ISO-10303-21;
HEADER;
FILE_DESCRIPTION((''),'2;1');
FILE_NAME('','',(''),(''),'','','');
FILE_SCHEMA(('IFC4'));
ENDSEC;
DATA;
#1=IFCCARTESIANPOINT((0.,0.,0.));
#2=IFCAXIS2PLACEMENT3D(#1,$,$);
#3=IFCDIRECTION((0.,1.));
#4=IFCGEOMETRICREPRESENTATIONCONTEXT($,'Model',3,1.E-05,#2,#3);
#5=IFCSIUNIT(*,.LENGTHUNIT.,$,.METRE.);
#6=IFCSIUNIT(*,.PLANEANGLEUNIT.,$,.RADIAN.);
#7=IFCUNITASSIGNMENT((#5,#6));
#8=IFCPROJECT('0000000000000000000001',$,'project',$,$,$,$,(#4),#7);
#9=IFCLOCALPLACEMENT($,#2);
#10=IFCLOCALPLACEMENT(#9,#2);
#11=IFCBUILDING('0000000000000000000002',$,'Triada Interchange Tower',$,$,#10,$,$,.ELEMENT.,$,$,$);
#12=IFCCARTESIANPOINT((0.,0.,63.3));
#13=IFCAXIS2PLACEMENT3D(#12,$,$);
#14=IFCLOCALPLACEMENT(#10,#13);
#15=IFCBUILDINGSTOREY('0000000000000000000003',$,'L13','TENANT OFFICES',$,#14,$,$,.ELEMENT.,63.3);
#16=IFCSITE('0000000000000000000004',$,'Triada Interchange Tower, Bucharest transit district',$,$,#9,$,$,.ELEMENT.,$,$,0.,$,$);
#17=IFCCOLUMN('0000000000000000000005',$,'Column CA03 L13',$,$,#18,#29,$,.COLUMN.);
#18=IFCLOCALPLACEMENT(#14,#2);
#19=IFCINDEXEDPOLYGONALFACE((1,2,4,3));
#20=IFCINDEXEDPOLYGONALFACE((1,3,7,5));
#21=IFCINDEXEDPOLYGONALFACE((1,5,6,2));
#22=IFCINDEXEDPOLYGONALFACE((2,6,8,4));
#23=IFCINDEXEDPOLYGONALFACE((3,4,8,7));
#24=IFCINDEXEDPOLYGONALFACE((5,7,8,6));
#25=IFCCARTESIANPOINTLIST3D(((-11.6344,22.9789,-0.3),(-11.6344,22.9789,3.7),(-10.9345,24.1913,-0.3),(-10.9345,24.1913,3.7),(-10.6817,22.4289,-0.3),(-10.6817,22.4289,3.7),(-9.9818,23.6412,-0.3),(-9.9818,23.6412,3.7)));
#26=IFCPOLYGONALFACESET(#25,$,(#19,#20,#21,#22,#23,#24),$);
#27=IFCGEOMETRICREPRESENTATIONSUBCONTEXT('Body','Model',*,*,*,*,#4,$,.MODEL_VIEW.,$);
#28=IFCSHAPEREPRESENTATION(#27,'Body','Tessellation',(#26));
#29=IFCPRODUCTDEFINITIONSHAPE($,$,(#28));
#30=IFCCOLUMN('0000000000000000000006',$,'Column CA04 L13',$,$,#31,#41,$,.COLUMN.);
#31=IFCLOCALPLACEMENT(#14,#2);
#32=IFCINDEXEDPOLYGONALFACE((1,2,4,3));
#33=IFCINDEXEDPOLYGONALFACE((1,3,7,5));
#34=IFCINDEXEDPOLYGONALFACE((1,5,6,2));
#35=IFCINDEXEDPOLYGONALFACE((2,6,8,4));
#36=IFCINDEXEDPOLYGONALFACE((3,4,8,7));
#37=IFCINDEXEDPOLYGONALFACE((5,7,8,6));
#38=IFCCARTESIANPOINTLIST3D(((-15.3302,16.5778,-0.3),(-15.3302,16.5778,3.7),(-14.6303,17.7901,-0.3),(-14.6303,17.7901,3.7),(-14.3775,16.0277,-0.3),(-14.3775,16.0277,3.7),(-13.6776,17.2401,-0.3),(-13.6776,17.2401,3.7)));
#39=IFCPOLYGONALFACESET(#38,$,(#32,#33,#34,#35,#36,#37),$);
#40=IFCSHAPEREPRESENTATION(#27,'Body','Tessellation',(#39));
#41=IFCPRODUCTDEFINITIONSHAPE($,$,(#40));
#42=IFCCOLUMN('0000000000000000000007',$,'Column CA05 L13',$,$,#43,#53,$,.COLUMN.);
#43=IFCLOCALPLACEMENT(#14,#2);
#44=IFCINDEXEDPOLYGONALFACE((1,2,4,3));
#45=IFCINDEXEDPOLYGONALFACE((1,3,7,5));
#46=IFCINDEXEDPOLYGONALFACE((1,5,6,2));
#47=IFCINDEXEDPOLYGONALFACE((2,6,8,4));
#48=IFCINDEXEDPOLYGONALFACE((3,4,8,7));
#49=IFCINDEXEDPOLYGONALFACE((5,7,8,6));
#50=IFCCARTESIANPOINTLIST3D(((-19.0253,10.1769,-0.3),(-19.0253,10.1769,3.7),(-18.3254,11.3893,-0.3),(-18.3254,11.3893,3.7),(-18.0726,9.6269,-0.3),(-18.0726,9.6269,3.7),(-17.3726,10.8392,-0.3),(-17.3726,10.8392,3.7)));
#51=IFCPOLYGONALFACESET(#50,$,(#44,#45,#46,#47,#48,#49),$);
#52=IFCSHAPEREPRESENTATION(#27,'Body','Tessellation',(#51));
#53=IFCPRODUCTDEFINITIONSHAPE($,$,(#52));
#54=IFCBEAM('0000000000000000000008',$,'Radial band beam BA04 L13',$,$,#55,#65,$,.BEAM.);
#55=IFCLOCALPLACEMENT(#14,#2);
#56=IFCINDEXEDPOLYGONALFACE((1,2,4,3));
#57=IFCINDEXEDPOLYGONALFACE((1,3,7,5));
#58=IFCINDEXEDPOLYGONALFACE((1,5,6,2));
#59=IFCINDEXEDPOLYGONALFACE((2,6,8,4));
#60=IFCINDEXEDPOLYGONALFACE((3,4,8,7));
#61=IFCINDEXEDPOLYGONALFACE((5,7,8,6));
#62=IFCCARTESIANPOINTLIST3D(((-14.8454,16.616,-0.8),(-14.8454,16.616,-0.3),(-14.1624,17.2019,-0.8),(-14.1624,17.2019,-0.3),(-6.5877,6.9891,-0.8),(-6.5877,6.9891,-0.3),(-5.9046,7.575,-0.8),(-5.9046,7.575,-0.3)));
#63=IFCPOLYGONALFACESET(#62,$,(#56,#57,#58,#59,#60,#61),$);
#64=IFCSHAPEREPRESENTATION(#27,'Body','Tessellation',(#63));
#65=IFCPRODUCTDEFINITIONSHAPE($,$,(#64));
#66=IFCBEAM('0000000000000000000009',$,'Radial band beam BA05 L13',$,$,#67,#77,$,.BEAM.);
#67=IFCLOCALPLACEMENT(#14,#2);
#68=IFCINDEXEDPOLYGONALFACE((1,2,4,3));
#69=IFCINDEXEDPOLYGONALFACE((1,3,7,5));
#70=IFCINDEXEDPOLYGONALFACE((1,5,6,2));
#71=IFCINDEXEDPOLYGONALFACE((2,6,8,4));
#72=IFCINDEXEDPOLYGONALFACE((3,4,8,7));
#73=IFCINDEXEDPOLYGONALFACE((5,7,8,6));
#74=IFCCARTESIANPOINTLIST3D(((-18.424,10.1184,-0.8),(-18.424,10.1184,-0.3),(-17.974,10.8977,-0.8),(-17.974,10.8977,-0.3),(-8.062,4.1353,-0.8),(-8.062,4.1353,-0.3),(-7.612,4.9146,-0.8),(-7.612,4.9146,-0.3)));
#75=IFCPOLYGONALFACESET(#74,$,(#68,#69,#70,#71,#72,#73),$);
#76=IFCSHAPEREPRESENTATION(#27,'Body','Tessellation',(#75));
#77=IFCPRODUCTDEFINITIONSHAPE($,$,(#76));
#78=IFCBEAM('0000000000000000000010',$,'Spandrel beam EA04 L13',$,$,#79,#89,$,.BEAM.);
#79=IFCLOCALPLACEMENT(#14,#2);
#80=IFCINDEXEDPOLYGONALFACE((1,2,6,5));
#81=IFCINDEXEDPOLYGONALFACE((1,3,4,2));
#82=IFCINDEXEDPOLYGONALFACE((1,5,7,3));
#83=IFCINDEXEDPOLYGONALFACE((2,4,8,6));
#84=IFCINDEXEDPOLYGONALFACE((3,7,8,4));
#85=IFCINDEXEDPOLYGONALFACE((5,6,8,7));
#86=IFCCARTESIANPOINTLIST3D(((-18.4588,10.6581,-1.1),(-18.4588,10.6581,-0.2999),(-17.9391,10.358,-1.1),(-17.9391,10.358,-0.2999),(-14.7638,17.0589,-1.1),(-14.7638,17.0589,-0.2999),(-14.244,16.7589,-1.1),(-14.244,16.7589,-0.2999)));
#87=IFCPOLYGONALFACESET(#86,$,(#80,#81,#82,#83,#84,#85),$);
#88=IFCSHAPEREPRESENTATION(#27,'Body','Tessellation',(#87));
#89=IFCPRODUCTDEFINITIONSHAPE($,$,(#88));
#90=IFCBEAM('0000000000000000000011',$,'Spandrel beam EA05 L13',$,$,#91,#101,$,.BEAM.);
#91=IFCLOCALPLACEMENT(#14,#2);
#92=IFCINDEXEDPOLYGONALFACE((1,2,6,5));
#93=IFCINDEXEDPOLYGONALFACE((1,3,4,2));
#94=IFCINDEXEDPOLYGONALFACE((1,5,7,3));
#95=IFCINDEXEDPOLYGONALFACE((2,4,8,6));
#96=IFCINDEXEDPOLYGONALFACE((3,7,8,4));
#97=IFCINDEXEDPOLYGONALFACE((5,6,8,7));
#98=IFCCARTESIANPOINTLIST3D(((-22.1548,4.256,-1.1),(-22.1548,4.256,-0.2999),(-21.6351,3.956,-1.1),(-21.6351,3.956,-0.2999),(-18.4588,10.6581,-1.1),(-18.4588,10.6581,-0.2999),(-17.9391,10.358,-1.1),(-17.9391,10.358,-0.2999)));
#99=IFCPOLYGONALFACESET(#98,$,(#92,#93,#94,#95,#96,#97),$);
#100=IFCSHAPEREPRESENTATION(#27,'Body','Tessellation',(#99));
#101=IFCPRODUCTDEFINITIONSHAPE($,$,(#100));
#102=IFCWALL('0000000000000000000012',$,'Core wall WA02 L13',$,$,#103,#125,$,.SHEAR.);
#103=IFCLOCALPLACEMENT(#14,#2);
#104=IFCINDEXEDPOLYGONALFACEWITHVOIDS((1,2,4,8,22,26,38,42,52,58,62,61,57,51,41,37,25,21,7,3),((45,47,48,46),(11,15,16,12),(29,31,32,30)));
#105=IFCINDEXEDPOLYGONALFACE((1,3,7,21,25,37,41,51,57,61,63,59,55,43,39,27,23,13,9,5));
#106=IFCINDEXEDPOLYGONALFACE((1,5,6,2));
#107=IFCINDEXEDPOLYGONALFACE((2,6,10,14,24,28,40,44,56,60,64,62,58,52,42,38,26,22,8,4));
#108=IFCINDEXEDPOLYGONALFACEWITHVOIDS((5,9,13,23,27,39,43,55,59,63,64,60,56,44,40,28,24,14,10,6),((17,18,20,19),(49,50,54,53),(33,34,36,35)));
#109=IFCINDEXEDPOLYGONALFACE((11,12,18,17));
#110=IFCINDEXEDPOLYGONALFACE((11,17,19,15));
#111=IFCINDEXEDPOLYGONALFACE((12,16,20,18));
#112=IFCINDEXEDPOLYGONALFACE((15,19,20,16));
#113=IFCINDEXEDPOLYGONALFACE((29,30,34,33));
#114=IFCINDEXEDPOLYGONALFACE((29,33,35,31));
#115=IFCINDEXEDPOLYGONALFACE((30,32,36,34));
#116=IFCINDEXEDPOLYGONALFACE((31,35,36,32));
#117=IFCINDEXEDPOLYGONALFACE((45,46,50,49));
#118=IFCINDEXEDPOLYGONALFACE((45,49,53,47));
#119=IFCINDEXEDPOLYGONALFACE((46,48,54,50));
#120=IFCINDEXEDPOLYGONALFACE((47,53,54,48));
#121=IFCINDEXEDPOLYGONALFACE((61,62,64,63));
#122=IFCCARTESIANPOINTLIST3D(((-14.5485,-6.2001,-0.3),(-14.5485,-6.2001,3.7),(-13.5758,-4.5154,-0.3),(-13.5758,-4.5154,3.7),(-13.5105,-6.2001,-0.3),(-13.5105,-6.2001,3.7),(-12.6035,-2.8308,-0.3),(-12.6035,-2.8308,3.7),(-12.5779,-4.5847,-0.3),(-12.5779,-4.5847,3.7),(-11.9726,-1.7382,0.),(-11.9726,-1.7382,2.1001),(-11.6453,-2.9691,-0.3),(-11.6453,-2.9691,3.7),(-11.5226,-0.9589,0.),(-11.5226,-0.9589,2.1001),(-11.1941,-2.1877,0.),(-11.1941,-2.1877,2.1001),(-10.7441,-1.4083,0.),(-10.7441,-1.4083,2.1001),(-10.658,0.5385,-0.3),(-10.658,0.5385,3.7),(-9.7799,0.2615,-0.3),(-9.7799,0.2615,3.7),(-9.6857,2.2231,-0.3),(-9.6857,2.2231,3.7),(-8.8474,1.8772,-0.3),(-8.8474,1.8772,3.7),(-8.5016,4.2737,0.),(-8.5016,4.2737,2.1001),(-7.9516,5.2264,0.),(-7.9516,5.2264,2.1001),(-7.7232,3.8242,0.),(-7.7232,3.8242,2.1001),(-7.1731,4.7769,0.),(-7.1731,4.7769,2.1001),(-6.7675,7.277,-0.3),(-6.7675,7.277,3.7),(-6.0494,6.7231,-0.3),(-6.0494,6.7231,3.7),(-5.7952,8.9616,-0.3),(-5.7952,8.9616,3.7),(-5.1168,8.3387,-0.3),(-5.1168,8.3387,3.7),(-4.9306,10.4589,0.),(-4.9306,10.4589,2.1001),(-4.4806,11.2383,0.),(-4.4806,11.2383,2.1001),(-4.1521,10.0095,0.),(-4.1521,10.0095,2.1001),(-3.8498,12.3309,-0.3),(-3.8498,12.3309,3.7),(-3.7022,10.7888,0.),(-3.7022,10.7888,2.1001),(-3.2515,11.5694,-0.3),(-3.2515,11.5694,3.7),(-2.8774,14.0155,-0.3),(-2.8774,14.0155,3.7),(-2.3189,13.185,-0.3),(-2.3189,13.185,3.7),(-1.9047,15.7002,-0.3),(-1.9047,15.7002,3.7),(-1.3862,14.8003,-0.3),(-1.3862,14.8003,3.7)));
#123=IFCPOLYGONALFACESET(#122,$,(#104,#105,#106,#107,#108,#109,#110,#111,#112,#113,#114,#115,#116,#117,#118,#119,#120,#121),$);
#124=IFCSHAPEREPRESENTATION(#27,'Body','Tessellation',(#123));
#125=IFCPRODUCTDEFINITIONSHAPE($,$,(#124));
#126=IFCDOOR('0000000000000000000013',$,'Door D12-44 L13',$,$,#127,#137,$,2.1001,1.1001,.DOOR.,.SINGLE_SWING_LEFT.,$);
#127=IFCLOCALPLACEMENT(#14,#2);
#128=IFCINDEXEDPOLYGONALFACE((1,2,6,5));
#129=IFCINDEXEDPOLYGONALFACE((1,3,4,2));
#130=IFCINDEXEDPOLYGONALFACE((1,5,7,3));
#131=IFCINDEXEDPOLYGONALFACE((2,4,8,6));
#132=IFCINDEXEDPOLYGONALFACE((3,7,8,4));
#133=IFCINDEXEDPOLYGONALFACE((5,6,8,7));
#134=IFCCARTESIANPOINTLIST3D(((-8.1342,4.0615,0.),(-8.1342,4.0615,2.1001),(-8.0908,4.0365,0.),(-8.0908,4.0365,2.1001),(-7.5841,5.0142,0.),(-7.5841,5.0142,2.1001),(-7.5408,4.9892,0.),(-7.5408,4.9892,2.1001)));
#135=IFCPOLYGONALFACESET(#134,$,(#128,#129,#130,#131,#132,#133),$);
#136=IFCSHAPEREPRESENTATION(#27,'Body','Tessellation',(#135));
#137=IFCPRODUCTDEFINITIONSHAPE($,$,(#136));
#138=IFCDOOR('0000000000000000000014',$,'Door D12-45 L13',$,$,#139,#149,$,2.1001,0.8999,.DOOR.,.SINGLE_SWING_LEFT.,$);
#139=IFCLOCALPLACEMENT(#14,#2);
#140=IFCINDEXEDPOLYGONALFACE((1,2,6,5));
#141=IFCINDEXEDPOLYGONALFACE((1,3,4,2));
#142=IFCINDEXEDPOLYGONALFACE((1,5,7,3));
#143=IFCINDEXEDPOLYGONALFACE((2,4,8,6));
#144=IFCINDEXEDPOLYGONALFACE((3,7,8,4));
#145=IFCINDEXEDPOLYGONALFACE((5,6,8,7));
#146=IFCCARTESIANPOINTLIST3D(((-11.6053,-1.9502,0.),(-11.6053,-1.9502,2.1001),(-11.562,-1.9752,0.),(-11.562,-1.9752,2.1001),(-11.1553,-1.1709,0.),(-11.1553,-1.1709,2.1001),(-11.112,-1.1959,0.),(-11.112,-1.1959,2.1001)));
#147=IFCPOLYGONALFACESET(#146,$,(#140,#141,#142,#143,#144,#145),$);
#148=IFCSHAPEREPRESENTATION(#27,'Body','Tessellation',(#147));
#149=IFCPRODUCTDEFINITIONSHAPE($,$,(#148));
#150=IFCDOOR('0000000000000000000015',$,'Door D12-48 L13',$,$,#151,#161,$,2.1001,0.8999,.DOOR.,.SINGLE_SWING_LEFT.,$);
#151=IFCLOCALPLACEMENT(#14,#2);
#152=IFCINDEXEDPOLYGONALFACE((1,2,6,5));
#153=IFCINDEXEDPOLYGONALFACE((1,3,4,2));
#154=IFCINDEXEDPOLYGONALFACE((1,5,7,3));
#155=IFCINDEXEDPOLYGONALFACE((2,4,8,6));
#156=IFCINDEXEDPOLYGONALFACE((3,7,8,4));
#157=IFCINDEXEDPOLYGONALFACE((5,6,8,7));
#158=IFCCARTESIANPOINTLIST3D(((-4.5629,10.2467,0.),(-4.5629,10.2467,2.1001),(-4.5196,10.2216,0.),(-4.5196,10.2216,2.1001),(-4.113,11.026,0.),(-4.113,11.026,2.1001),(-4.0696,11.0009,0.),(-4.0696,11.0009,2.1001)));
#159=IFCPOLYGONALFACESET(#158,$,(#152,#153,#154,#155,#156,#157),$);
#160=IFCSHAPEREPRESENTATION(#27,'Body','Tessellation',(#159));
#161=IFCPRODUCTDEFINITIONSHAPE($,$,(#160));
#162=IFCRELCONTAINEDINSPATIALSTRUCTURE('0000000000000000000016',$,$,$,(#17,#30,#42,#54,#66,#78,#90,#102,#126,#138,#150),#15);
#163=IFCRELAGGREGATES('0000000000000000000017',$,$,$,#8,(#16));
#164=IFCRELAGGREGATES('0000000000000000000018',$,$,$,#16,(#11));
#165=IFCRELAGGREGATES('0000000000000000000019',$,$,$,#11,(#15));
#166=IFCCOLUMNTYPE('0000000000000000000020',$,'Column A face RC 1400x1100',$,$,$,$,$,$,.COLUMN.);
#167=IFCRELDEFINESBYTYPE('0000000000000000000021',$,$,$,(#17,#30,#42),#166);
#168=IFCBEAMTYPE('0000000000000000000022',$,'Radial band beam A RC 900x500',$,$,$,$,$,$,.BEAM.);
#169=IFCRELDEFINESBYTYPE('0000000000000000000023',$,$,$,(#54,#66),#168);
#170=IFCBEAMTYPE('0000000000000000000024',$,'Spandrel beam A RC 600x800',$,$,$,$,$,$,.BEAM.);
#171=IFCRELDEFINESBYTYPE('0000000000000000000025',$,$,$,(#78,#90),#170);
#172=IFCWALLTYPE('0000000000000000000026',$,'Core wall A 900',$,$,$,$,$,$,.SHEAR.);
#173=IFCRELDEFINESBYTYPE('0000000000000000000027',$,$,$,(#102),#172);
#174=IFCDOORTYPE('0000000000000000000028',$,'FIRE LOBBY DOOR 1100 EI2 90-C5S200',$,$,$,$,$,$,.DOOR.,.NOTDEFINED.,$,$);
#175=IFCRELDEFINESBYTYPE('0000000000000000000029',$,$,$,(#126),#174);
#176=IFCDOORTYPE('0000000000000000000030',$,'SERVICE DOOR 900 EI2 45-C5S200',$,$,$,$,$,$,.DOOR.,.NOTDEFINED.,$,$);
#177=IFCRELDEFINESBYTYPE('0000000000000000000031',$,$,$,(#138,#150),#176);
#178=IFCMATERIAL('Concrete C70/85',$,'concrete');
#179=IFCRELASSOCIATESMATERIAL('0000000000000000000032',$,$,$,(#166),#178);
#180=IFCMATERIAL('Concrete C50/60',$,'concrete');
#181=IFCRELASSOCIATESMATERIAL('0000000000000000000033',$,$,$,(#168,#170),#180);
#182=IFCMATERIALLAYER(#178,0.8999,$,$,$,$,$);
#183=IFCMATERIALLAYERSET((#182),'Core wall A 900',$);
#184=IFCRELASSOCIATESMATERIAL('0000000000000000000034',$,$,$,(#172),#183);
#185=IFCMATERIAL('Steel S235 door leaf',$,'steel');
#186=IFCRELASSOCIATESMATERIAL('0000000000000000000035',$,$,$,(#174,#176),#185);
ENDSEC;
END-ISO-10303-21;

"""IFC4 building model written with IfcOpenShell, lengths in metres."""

from ifc_helpers import new_model, si_unit, direction, frame, frame_2d, origin, origin_2d, place, context, subcontext, project, spatial, polyline, rectangle, outline, extrude, material, layer, layer_set, material_profile, profile_set, type_object, element, fill, save


model = new_model("IFC4")

# Units and contexts
model_context = context("Model", 3, precision=1e-05, world=origin(), true_north=direction((0.0, 1.0)))
body_context = subcontext(model_context, "Body", "Model", "MODEL_VIEW")
ifc_project = project(units=[si_unit("LENGTHUNIT", "METRE"), si_unit("PLANEANGLEUNIT", "RADIAN")], contexts=[model_context])

# Site, building, storey
site_placement = place(None, origin())
site = spatial("IfcSite", under=ifc_project, at=site_placement, Name="Triada Interchange Tower, Bucharest transit district", CompositionType="ELEMENT", RefElevation=0.0)
building_placement = place(site_placement, origin())
building = spatial("IfcBuilding", under=site, at=building_placement, Name="Triada Interchange Tower", CompositionType="ELEMENT")
storey_placement = place(building_placement, frame((0.0, 0.0, 63.3)))
storey = spatial("IfcBuildingStorey", under=building, at=storey_placement, Name="L13", Description="TENANT OFFICES", CompositionType="ELEMENT", Elevation=63.3)

# Columns
ifc_material_1 = material(Name="Concrete C70/85", Category="concrete")
ifc_material_profile_1 = material_profile(ifc_material_1, rectangle(XDim=1.3999, YDim=1.1001, at=origin_2d()), Name="RC 1400x1100")
ifc_profile_set_1 = profile_set([ifc_material_profile_1], Name="Concrete C70/85")
column_type = type_object("IfcColumnType", Name="Column A face RC 1400x1100", PredefinedType="COLUMN", material=ifc_profile_set_1)
for number, where, z_axis, x_axis, name in (
    (1, (-10.8081, 23.3101, -0.3), (0.0, 0.0, 1.0), (0.5, 0.866025, 0.0), "Column CA03 L13"),
    (2, (-14.5039, 16.9089, -0.3), (0.0, 0.0, 1.0), (0.5, 0.866025, 0.0), "Column CA04 L13"),
    (3, (-18.199, 10.5081, -0.3), (0.0, 0.0, 1.0), (0.5, 0.866025, 0.0), "Column CA05 L13"),
):
    element("IfcColumn", number, at=place(storey_placement, frame(where, z_axis=z_axis, x_axis=x_axis)), inside=storey, type_object=column_type, Name=name, PredefinedType="COLUMN", context=body_context, shape_type="SweptSolid", body=[
        extrude(rectangle(XDim=1.3999, YDim=1.1001, at=origin_2d()), origin(), (0.0, 0.0, 1.0), 4.0),
    ])

# Beams
ifc_material_2 = material(Name="Concrete C50/60", Category="concrete")
ifc_material_profile_2 = material_profile(ifc_material_2, rectangle(XDim=0.8999, YDim=0.5, at=origin_2d()), Name="RC 900x500")
ifc_profile_set_2 = profile_set([ifc_material_profile_2], Name="Concrete C50/60")
beam_type_1 = type_object("IfcBeamType", Name="Radial band beam A RC 900x500", PredefinedType="BEAM", material=ifc_profile_set_2)
beam_1_placement = place(storey_placement, frame((-14.5039, 16.9089, -0.55), z_axis=(0.65107, -0.759017, 0.0), x_axis=(0.759017, 0.65107, 0.0)))
element("IfcBeam", 4, at=beam_1_placement, inside=storey, type_object=beam_type_1, Name="Radial band beam BA04 L13", PredefinedType="BEAM", context=body_context, shape_type="SweptSolid", body=[
    extrude(rectangle(XDim=0.8999, YDim=0.5, at=origin_2d()), origin(), (0.0, 0.0, 1.0), 12.6833),
])
beam_2_placement = place(storey_placement, frame((-18.199, 10.5081, -0.55), z_axis=(0.866003, -0.500039, 0.0), x_axis=(0.500039, 0.866003, 0.0)))
element("IfcBeam", 5, at=beam_2_placement, inside=storey, type_object=beam_type_1, Name="Radial band beam BA05 L13", PredefinedType="BEAM", context=body_context, shape_type="SweptSolid", body=[
    extrude(rectangle(XDim=0.8999, YDim=0.5, at=origin_2d()), origin(), (0.0, 0.0, 1.0), 11.9653),
])
ifc_material_profile_3 = material_profile(ifc_material_2, rectangle(XDim=0.6001, YDim=0.8, at=origin_2d()), Name="RC 600x800")
ifc_profile_set_3 = profile_set([ifc_material_profile_3], Name="Concrete C50/60")
beam_type_2 = type_object("IfcBeamType", Name="Spandrel beam A RC 600x800", PredefinedType="BEAM", material=ifc_profile_set_3)
beam_3_placement = place(storey_placement, frame((-14.5039, 16.9089, -0.7), z_axis=(-0.499951, -0.866054, 0.0), x_axis=(0.866054, -0.499951, 0.0)))
element("IfcBeam", 6, at=beam_3_placement, inside=storey, type_object=beam_type_2, Name="Spandrel beam EA04 L13", PredefinedType="BEAM", context=body_context, shape_type="SweptSolid", body=[
    extrude(rectangle(XDim=0.6001, YDim=0.8, at=origin_2d()), origin(), (0.0, 0.0, 1.0), 7.3909),
])
beam_4_placement = place(storey_placement, frame((-18.199, 10.5081, -0.7), z_axis=(-0.499979, -0.866038, 0.0), x_axis=(0.866038, -0.499979, 0.0)))
element("IfcBeam", 7, at=beam_4_placement, inside=storey, type_object=beam_type_2, Name="Spandrel beam EA05 L13", PredefinedType="BEAM", context=body_context, shape_type="SweptSolid", body=[
    extrude(rectangle(XDim=0.6001, YDim=0.8, at=origin_2d()), origin(), (0.0, 0.0, 1.0), 7.3923),
])

# Wall, openings, doors
ifc_layer_1 = layer(ifc_material_1, 0.8999)
ifc_layer_set_1 = layer_set([ifc_layer_1], Name="Core wall A 900")
wall_type_1 = type_object("IfcWallType", Name="Core wall A 900", PredefinedType="SHEAR", material=ifc_layer_set_1)
wall_1_placement = place(storey_placement, frame((-1.645, 15.25, -0.3), z_axis=(0.0, 0.0, 1.0), x_axis=(-0.500026, -0.86601, 0.0)))
wall_1 = element("IfcWall", 8, at=wall_1_placement, inside=storey, type_object=wall_type_1, Name="Core wall WA02 L13", PredefinedType="SHEAR", context=body_context, shape_type="SweptSolid", body=[
    extrude(outline(polyline([(-0.26, -0.45), (1.6853, -0.45), (3.6304, -0.4497), (5.5757, -0.4497), (7.521, -0.4497), (9.4661, -0.4495), (11.4114, -0.4495), (13.3567, -0.4495), (15.302, -0.4495), (17.2471, -0.4492), (19.1924, -0.4492), (21.1377, -0.4492), (23.0828, -0.449), (25.0281, -0.449), (24.509, 0.45), (22.6438, 0.45), (20.7783, 0.4497), (18.9131, 0.4497), (17.0479, 0.4497), (15.1824, 0.4495), (13.3171, 0.4495), (11.4519, 0.4495), (9.5867, 0.4495), (7.7212, 0.4492), (5.856, 0.4492), (3.9907, 0.4492), (2.1252, 0.449), (0.26, 0.449), (-0.26, -0.45)])), origin(), (0.0, 0.0, 1.0), 4.0),
])
opening_1_placement = place(wall_1_placement, frame((11.834, 0.0, 0.3)))
opening_1 = element("IfcOpeningElement", 9, at=opening_1_placement, cuts=wall_1, PredefinedType="OPENING", context=body_context, shape_type="SweptSolid", body=[
    extrude(rectangle(XDim=1.1001, YDim=2.1001, at=frame_2d((0.55, 1.05))), frame((0.0, 0.46, 0.0), z_axis=(0.0, -1.0, 0.0), x_axis=(1.0, 0.0, 0.0)), (0.0, 0.0, 1.0), 0.9199),
])
opening_2_placement = place(wall_1_placement, frame((18.9761, 0.0, 0.3)))
opening_2 = element("IfcOpeningElement", 10, at=opening_2_placement, cuts=wall_1, PredefinedType="OPENING", context=body_context, shape_type="SweptSolid", body=[
    extrude(rectangle(XDim=0.8999, YDim=2.1001, at=frame_2d((0.45, 1.05))), frame((0.0, 0.46, 0.0), z_axis=(0.0, -1.0, 0.0), x_axis=(1.0, 0.0, 0.0)), (0.0, 0.0, 1.0), 0.9199),
])
opening_3_placement = place(wall_1_placement, frame((4.8921, 0.0, 0.3)))
opening_3 = element("IfcOpeningElement", 11, at=opening_3_placement, cuts=wall_1, PredefinedType="OPENING", context=body_context, shape_type="SweptSolid", body=[
    extrude(rectangle(XDim=0.8999, YDim=2.1001, at=frame_2d((0.45, 1.05))), frame((0.0, 0.46, 0.0), z_axis=(0.0, -1.0, 0.0), x_axis=(1.0, 0.0, 0.0)), (0.0, 0.0, 1.0), 0.9199),
])
ifc_material_3 = material(Name="Steel S235 door leaf", Category="steel")
door_type_1 = type_object("IfcDoorType", Name="FIRE LOBBY DOOR 1100 EI2 90-C5S200", OperationType="NOTDEFINED", PredefinedType="DOOR", material=ifc_material_3)
door_1_placement = place(opening_1_placement, origin())
door_1 = element("IfcDoor", 12, at=door_1_placement, inside=storey, type_object=door_type_1, Name="Door D12-44 L13", OperationType="SINGLE_SWING_LEFT", OverallHeight=2.1001, OverallWidth=1.1001, PredefinedType="DOOR", context=body_context, shape_type="SweptSolid", body=[
    extrude(rectangle(XDim=1.1001, YDim=2.1001, at=frame_2d((0.55, 1.05))), frame((0.0, 0.0249, 0.0), z_axis=(0.0, -1.0, 0.0), x_axis=(1.0, 0.0, 0.0)), (0.0, 0.0, 1.0), 0.05),
])
fill(opening_1, door_1)
door_type_2 = type_object("IfcDoorType", Name="SERVICE DOOR 900 EI2 45-C5S200", OperationType="NOTDEFINED", PredefinedType="DOOR", material=ifc_material_3)
door_2_placement = place(opening_2_placement, origin())
door_2 = element("IfcDoor", 13, at=door_2_placement, inside=storey, type_object=door_type_2, Name="Door D12-45 L13", OperationType="SINGLE_SWING_LEFT", OverallHeight=2.1001, OverallWidth=0.8999, PredefinedType="DOOR", context=body_context, shape_type="SweptSolid", body=[
    extrude(rectangle(XDim=0.8999, YDim=2.1001, at=frame_2d((0.45, 1.05))), frame((0.0, 0.0249, 0.0), z_axis=(0.0, -1.0, 0.0), x_axis=(1.0, 0.0, 0.0)), (0.0, 0.0, 1.0), 0.05),
])
fill(opening_2, door_2)
door_3_placement = place(opening_3_placement, origin())
door_3 = element("IfcDoor", 14, at=door_3_placement, inside=storey, type_object=door_type_2, Name="Door D12-48 L13", OperationType="SINGLE_SWING_LEFT", OverallHeight=2.1001, OverallWidth=0.8999, PredefinedType="DOOR", context=body_context, shape_type="SweptSolid", body=[
    extrude(rectangle(XDim=0.8999, YDim=2.1001, at=frame_2d((0.45, 1.05))), frame((0.0, 0.0249, 0.0), z_axis=(0.0, -1.0, 0.0), x_axis=(1.0, 0.0, 0.0)), (0.0, 0.0, 1.0), 0.05),
])
fill(opening_3, door_3)

save(model, "model.ifc")
